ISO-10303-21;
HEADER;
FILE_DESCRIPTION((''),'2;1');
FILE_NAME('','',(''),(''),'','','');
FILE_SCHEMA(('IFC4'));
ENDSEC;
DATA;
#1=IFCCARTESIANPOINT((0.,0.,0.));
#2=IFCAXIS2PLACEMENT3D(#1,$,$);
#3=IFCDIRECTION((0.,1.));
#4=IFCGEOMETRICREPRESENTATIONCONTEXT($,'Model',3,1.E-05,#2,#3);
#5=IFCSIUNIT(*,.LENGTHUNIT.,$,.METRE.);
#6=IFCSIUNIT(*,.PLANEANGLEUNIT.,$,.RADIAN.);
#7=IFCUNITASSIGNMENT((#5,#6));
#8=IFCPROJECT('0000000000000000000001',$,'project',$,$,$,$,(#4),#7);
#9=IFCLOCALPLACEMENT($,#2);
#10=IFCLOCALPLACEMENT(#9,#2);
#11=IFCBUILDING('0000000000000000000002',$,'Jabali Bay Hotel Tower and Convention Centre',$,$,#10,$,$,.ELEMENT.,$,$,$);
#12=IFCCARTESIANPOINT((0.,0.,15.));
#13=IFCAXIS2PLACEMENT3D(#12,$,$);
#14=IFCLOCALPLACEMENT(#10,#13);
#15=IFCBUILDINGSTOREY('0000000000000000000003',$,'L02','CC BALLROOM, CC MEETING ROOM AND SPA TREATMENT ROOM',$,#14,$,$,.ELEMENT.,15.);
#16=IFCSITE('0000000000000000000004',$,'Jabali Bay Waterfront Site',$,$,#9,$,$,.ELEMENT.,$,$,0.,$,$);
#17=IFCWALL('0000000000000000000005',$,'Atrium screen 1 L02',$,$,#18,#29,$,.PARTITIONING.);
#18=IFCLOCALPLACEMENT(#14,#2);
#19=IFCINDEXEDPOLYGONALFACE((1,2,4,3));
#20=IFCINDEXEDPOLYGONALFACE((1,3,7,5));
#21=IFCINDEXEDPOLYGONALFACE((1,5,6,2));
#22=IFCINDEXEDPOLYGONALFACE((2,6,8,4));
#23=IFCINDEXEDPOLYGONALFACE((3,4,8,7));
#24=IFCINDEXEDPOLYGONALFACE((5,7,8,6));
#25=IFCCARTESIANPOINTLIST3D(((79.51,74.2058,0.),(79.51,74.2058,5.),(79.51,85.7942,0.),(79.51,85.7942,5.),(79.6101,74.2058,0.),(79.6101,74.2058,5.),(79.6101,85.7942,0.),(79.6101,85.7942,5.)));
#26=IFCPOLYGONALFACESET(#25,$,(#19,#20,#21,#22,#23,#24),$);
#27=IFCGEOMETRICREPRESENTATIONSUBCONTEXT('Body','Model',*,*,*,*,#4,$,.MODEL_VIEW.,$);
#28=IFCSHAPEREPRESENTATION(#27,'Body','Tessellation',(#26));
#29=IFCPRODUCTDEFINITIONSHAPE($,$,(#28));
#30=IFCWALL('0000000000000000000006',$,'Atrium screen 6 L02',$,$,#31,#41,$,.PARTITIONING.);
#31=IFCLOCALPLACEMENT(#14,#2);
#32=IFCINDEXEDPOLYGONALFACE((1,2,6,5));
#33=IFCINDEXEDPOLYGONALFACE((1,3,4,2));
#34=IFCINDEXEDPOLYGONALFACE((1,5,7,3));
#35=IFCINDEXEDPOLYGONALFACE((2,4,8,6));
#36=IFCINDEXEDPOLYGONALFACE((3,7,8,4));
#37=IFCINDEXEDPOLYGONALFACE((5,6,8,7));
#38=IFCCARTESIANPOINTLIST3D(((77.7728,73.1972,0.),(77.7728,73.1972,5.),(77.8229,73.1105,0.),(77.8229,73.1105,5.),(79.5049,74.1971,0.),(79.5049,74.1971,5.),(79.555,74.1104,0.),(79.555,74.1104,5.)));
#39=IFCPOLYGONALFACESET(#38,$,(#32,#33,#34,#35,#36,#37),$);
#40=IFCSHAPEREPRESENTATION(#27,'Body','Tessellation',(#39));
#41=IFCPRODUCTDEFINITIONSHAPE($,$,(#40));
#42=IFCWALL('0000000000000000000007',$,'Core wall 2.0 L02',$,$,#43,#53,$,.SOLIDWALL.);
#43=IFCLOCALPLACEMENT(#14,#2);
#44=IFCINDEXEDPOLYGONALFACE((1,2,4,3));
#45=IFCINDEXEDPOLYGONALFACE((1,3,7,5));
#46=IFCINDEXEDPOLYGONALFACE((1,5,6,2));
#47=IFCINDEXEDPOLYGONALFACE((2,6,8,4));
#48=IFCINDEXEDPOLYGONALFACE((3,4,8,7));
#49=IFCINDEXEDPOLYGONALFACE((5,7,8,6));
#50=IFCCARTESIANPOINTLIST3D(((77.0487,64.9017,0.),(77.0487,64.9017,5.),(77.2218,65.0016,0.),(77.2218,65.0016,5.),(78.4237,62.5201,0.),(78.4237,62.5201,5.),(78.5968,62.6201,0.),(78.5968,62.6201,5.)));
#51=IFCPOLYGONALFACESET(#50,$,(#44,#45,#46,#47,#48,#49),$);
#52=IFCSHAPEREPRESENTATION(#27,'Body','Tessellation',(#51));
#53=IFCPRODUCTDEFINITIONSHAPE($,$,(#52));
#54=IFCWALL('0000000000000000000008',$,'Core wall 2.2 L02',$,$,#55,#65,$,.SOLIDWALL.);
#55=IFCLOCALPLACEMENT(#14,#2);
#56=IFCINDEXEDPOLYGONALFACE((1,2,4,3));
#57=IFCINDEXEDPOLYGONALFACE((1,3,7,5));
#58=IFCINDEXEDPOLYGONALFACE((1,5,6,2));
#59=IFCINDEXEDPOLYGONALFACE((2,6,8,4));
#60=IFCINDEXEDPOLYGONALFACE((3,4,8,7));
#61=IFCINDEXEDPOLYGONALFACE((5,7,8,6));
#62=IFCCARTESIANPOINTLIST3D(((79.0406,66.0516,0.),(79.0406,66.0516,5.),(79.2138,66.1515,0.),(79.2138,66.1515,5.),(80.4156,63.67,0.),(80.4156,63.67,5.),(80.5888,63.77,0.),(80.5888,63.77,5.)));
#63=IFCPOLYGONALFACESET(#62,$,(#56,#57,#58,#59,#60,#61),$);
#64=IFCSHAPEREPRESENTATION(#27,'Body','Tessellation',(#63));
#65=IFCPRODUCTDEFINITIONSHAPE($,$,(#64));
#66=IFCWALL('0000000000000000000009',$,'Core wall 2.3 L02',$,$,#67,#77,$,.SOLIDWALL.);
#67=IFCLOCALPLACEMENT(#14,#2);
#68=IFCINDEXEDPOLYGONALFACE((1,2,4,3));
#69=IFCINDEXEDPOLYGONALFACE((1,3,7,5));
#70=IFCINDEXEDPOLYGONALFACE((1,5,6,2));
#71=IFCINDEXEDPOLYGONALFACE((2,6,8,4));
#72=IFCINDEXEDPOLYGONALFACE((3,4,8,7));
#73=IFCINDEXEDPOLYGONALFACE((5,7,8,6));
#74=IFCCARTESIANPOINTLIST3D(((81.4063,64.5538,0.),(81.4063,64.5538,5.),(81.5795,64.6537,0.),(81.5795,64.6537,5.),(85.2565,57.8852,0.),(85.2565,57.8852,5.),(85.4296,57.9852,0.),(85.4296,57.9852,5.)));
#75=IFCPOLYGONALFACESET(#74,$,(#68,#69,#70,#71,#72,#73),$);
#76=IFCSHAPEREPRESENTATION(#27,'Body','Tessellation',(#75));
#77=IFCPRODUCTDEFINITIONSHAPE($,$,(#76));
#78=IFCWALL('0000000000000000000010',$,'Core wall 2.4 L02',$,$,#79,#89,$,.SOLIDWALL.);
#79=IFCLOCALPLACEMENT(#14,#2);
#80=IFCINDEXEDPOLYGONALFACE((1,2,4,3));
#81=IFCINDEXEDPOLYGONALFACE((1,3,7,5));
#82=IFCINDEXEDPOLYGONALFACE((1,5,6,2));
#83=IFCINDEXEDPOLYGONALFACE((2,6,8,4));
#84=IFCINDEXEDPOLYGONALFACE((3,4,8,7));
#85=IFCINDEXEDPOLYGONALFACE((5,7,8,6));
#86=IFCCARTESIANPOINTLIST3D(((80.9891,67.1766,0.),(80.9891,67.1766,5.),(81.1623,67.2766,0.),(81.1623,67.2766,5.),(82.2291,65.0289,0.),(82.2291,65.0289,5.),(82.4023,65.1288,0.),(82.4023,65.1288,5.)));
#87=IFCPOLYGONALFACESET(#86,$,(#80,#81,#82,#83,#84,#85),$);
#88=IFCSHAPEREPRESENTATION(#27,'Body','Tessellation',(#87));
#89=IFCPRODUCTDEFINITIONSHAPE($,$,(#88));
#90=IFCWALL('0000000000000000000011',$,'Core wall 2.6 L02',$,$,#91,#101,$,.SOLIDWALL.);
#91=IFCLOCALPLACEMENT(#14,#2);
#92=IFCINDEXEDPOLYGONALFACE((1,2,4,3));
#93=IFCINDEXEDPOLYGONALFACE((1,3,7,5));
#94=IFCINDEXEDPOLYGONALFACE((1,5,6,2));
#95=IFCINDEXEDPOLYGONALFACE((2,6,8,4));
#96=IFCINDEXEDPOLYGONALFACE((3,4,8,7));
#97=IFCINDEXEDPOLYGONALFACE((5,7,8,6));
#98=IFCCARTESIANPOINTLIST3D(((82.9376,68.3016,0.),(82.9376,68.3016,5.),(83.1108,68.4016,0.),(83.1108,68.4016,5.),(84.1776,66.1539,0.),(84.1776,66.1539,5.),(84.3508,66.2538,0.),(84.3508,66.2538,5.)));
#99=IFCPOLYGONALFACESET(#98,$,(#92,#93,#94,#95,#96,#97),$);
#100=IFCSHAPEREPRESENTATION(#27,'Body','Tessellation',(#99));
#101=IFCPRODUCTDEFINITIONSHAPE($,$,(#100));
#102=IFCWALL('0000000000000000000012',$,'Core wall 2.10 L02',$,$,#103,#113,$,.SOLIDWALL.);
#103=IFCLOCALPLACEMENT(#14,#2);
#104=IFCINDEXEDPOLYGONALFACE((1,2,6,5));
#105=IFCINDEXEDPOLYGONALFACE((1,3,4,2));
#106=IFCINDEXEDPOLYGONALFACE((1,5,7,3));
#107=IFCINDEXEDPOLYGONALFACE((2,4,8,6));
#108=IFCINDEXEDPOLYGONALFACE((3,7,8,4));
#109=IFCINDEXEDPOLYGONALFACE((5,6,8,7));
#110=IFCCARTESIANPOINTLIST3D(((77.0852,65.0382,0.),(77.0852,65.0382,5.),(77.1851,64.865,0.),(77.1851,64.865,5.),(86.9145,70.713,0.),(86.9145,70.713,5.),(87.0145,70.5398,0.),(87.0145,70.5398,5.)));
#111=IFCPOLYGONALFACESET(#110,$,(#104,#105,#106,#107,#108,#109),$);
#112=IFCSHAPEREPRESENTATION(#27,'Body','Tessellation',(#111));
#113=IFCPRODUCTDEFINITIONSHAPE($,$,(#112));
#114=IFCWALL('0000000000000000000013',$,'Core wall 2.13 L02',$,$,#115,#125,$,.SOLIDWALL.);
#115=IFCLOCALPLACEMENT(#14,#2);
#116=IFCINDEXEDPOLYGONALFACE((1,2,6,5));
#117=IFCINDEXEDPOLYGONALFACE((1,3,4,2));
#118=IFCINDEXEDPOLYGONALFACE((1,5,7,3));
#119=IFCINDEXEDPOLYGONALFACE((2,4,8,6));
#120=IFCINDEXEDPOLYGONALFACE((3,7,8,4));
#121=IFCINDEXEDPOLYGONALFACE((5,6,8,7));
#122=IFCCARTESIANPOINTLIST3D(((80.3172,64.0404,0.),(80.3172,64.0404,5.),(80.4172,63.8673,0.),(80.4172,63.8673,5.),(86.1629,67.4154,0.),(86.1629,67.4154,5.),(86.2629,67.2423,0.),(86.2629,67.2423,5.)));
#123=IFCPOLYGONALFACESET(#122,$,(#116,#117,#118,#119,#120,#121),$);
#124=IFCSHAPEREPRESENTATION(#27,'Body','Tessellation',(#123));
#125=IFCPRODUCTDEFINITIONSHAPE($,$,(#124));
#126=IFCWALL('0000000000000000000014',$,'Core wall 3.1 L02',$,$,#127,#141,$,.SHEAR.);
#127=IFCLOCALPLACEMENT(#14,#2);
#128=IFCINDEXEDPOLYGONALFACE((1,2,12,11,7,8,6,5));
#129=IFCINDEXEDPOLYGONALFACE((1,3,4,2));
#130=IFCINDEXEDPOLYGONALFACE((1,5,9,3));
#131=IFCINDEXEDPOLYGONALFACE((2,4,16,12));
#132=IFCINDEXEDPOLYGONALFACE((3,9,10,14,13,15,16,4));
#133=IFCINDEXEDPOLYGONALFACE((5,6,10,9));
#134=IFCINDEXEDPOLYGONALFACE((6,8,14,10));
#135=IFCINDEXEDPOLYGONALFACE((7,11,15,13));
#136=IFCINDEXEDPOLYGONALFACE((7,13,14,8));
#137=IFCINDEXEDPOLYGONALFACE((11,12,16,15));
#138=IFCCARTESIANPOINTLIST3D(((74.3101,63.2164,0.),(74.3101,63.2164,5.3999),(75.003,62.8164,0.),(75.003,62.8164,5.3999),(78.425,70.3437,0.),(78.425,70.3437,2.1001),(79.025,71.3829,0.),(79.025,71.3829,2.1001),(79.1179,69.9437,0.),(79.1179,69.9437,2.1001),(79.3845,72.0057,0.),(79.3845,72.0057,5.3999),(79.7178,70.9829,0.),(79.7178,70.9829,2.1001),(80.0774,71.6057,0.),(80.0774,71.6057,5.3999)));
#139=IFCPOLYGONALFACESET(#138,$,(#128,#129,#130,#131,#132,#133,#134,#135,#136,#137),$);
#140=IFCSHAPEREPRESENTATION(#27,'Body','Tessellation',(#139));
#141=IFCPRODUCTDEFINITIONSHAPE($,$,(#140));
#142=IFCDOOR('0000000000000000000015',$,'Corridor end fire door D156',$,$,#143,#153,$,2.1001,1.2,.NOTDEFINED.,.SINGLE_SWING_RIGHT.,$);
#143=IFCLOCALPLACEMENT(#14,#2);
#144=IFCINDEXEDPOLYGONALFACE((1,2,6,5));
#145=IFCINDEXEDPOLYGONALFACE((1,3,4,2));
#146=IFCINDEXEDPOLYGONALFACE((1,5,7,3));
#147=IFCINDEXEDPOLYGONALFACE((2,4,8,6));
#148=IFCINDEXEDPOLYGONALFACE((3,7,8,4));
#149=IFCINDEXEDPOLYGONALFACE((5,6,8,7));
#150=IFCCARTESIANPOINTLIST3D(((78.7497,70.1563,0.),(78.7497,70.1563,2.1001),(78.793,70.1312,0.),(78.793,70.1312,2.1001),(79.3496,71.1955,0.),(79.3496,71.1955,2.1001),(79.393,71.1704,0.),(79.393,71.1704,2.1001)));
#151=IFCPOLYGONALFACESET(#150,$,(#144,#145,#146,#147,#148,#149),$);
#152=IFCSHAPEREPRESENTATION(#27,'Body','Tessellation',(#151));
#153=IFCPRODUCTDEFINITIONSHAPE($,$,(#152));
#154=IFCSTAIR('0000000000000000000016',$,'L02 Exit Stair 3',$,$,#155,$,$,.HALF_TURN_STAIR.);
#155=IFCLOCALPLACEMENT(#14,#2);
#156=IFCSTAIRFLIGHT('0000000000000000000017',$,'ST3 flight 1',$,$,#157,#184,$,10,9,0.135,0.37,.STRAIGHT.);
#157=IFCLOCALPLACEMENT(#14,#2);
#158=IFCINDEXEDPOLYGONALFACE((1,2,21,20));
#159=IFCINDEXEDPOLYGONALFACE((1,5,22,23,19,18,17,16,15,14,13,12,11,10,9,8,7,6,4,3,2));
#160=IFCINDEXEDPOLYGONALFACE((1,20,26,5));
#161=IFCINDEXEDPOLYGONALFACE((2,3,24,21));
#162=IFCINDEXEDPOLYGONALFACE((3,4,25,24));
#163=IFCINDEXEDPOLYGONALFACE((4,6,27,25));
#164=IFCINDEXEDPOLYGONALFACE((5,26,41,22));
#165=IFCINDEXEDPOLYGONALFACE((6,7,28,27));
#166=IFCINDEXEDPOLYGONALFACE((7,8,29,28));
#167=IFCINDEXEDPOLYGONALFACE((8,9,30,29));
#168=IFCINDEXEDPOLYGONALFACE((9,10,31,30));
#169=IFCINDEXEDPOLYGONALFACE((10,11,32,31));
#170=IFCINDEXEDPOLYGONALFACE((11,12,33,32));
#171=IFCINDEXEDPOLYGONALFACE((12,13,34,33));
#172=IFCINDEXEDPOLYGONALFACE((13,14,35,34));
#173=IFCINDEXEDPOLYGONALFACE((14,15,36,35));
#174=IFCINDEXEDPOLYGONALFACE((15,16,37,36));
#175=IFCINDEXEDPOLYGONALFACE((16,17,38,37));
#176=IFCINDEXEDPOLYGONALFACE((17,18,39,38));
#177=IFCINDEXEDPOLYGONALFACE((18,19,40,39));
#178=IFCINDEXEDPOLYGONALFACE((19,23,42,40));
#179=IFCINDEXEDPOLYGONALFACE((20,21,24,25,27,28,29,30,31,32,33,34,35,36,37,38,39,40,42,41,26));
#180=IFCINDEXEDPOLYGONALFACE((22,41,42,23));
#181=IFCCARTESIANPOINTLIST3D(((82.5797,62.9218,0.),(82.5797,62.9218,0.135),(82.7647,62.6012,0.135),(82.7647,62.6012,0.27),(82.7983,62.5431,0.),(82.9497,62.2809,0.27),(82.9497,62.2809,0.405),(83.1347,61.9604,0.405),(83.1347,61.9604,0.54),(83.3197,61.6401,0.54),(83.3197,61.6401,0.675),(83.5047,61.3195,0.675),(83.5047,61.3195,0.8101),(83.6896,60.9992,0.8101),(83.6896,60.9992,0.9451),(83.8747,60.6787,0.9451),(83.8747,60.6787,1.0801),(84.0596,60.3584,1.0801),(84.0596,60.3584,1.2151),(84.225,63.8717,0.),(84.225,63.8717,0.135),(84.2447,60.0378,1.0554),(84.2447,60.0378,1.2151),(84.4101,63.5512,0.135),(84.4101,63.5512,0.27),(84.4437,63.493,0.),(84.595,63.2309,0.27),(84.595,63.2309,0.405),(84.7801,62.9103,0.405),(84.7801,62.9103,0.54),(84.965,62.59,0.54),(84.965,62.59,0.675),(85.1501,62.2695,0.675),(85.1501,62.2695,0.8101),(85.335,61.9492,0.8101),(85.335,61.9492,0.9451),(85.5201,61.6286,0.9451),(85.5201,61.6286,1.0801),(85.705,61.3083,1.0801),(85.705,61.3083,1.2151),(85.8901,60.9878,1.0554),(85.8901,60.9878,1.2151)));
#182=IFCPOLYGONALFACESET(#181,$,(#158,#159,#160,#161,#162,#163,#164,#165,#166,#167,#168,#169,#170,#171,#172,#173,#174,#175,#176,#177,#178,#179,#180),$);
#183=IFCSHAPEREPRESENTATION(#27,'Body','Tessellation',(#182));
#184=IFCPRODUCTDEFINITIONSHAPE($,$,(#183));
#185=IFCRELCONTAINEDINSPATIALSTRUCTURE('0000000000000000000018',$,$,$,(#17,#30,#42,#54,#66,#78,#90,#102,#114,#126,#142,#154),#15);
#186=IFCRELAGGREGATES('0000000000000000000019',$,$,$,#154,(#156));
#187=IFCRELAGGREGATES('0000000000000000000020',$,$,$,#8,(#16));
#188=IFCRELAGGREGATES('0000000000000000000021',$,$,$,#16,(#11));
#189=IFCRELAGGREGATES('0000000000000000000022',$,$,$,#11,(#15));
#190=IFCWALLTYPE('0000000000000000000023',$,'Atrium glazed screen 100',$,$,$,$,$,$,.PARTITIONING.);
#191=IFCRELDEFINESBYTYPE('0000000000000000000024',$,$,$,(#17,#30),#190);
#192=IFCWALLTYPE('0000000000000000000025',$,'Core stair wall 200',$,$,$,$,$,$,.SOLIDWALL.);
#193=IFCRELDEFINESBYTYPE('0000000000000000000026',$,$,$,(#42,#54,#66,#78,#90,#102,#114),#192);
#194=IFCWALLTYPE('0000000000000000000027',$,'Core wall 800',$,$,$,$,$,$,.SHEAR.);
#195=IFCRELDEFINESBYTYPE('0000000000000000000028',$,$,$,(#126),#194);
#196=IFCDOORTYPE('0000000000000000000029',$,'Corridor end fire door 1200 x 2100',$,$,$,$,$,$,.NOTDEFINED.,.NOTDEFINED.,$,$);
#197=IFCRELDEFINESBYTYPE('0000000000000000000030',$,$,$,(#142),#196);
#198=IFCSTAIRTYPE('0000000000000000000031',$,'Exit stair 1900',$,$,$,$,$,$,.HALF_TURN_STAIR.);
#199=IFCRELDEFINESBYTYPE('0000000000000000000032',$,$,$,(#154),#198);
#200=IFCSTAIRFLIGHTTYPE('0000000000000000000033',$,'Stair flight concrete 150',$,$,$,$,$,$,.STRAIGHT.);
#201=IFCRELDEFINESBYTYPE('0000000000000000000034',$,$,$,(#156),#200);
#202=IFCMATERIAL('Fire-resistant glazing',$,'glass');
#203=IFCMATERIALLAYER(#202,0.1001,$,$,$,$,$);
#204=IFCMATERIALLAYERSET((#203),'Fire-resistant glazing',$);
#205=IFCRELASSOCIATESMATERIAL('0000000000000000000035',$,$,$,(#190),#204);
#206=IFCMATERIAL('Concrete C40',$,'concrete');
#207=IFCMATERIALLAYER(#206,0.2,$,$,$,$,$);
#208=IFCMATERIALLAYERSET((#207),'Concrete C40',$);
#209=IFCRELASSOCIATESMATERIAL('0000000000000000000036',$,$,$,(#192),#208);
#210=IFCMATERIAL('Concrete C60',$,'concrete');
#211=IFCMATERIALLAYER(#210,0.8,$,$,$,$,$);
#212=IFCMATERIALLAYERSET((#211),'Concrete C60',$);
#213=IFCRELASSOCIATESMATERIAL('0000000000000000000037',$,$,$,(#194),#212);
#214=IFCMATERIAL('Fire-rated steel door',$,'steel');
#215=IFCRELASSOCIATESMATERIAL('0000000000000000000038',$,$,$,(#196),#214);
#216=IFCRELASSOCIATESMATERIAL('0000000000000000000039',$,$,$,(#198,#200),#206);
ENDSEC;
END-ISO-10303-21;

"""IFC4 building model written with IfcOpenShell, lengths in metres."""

from ifc_helpers import new_model, si_unit, direction, frame, frame_2d, origin, place, context, subcontext, project, spatial, polyline, rectangle, outline, extrude, material, layer, layer_set, type_object, element, fill, aggregate, save


model = new_model("IFC4")

# Units and contexts
model_context = context("Model", 3, precision=1e-05, world=origin(), true_north=direction((0.0, 1.0)))
body_context = subcontext(model_context, "Body", "Model", "MODEL_VIEW")
ifc_project = project(units=[si_unit("LENGTHUNIT", "METRE"), si_unit("PLANEANGLEUNIT", "RADIAN")], contexts=[model_context])

# Site, building, storey
site_placement = place(None, origin())
site = spatial("IfcSite", under=ifc_project, at=site_placement, Name="Jabali Bay Waterfront Site", CompositionType="ELEMENT", RefElevation=0.0)
building_placement = place(site_placement, origin())
building = spatial("IfcBuilding", under=site, at=building_placement, Name="Jabali Bay Hotel Tower and Convention Centre", CompositionType="ELEMENT")
storey_placement = place(building_placement, frame((0.0, 0.0, 15.0)))
storey = spatial("IfcBuildingStorey", under=building, at=storey_placement, Name="L02", Description="CC BALLROOM, CC MEETING ROOM AND SPA TREATMENT ROOM", CompositionType="ELEMENT", Elevation=15.0)

# Walls
ifc_material_1 = material(Name="Fire-resistant glazing", Category="glass")
ifc_layer_1 = layer(ifc_material_1, 0.1001)
ifc_layer_set_1 = layer_set([ifc_layer_1], Name="Fire-resistant glazing")
wall_type_1 = type_object("IfcWallType", Name="Atrium glazed screen 100", PredefinedType="PARTITIONING", material=ifc_layer_set_1)
wall_1_placement = place(storey_placement, frame((79.5601, 74.2058, 0.0), z_axis=(0.0, 0.0, 1.0), x_axis=(0.0, 1.0, 0.0)))
element("IfcWall", 1, at=wall_1_placement, inside=storey, type_object=wall_type_1, Name="Atrium screen 1 L02", PredefinedType="PARTITIONING", context=body_context, shape_type="SweptSolid", body=[
    extrude(rectangle(XDim=11.5884, YDim=0.1001, at=frame_2d((5.7942, 0.0))), origin(), (0.0, 0.0, 1.0), 5.0),
])
wall_2_placement = place(storey_placement, frame((77.7979, 73.1538, 0.0), z_axis=(0.0, 0.0, 1.0), x_axis=(0.866041, 0.499973, 0.0)))
element("IfcWall", 2, at=wall_2_placement, inside=storey, type_object=wall_type_1, Name="Atrium screen 6 L02", PredefinedType="PARTITIONING", context=body_context, shape_type="SweptSolid", body=[
    extrude(rectangle(XDim=2.0, YDim=0.1001, at=frame_2d((1.0, 0.0))), origin(), (0.0, 0.0, 1.0), 5.0),
])
ifc_material_2 = material(Name="Concrete C40", Category="concrete")
ifc_layer_2 = layer(ifc_material_2, 0.2)
ifc_layer_set_2 = layer_set([ifc_layer_2], Name="Concrete C40")
wall_type_2 = type_object("IfcWallType", Name="Core stair wall 200", PredefinedType="SOLIDWALL", material=ifc_layer_set_2)
for number, where, z_axis, x_axis, name in (
    (3, (77.1353, 64.9517, 0.0), (0.0, 0.0, 1.0), (0.499997, -0.866027, 0.0), "Core wall 2.0 L02"),
    (4, (79.1272, 66.1016, 0.0), (0.0, 0.0, 1.0), (0.499997, -0.866027, 0.0), "Core wall 2.2 L02"),
):
    element("IfcWall", number, at=place(storey_placement, frame(where, z_axis=z_axis, x_axis=x_axis)), inside=storey, type_object=wall_type_2, Name=name, PredefinedType="SOLIDWALL", context=body_context, shape_type="SweptSolid", body=[
        extrude(rectangle(XDim=2.75, YDim=0.2, at=frame_2d((1.375, 0.0))), origin(), (0.0, 0.0, 1.0), 5.0),
    ])
wall_3_placement = place(storey_placement, frame((81.4929, 64.6038, 0.0), z_axis=(0.0, 0.0, 1.0), x_axis=(0.500006, -0.866022, 0.0)))
element("IfcWall", 5, at=wall_3_placement, inside=storey, type_object=wall_type_2, Name="Core wall 2.3 L02", PredefinedType="SOLIDWALL", context=body_context, shape_type="SweptSolid", body=[
    extrude(rectangle(XDim=7.7002, YDim=0.2, at=frame_2d((3.8501, 0.0))), origin(), (0.0, 0.0, 1.0), 5.0),
])
for number, where, z_axis, x_axis, name in (
    (6, (81.0757, 67.2266, 0.0), (0.0, 0.0, 1.0), (0.500004, -0.866023, 0.0), "Core wall 2.4 L02"),
    (7, (83.0242, 68.3516, 0.0), (0.0, 0.0, 1.0), (0.500004, -0.866023, 0.0), "Core wall 2.6 L02"),
):
    element("IfcWall", number, at=place(storey_placement, frame(where, z_axis=z_axis, x_axis=x_axis)), inside=storey, type_object=wall_type_2, Name=name, PredefinedType="SOLIDWALL", context=body_context, shape_type="SweptSolid", body=[
        extrude(rectangle(XDim=2.48, YDim=0.2, at=frame_2d((1.24, 0.0))), origin(), (0.0, 0.0, 1.0), 5.0),
    ])
wall_4_placement = place(storey_placement, frame((77.1353, 64.9517, 0.0), z_axis=(0.0, 0.0, 1.0), x_axis=(0.866032, 0.499989, 0.0)))
element("IfcWall", 8, at=wall_4_placement, inside=storey, type_object=wall_type_2, Name="Core wall 2.10 L02", PredefinedType="SOLIDWALL", context=body_context, shape_type="SweptSolid", body=[
    extrude(rectangle(XDim=11.3499, YDim=0.2, at=frame_2d((5.6748, 0.0))), origin(), (0.0, 0.0, 1.0), 5.0),
])
wall_5_placement = place(storey_placement, frame((80.3672, 63.9539, 0.0), z_axis=(0.0, 0.0, 1.0), x_axis=(0.866027, 0.499998, 0.0)))
element("IfcWall", 9, at=wall_5_placement, inside=storey, type_object=wall_type_2, Name="Core wall 2.13 L02", PredefinedType="SOLIDWALL", context=body_context, shape_type="SweptSolid", body=[
    extrude(rectangle(XDim=6.75, YDim=0.2, at=frame_2d((3.375, 0.0))), origin(), (0.0, 0.0, 1.0), 5.0),
])

# Wall, opening, door
ifc_material_3 = material(Name="Concrete C60", Category="concrete")
ifc_layer_3 = layer(ifc_material_3, 0.8)
ifc_layer_set_3 = layer_set([ifc_layer_3], Name="Concrete C60")
wall_type_3 = type_object("IfcWallType", Name="Core wall 800", PredefinedType="SHEAR", material=ifc_layer_set_3)
wall_6_placement = place(storey_placement, frame((79.731, 71.8057, 0.0), z_axis=(0.0, 0.0, 1.0), x_axis=(-0.499997, -0.866027, 0.0)))
wall_6 = element("IfcWall", 10, at=wall_6_placement, inside=storey, type_object=wall_type_3, Name="Core wall 3.1 L02", PredefinedType="SHEAR", context=body_context, shape_type="SweptSolid", body=[
    extrude(rectangle(XDim=10.1489, YDim=0.8, at=frame_2d((5.0745, 0.0))), origin(), (0.0, 0.0, 1.0), 5.3999),
])
opening_1_placement = place(wall_6_placement, frame((0.719, 0.0, 0.0)))
opening_1 = element("IfcOpeningElement", 11, at=opening_1_placement, cuts=wall_6, PredefinedType="OPENING", context=body_context, shape_type="SweptSolid", body=[
    extrude(rectangle(XDim=1.2, YDim=2.1001, at=frame_2d((0.6001, 1.05))), frame((0.0, 0.4106, 0.0), z_axis=(0.0, -1.0, 0.0), x_axis=(1.0, 0.0, 0.0)), (0.0, 0.0, 1.0), 0.821),
])
ifc_material_4 = material(Name="Fire-rated steel door", Category="steel")
door_type_1 = type_object("IfcDoorType", Name="Corridor end fire door 1200 x 2100", OperationType="NOTDEFINED", PredefinedType="NOTDEFINED", material=ifc_material_4)
door_1_placement = place(opening_1_placement, origin())
door_1 = element("IfcDoor", 12, at=door_1_placement, inside=storey, type_object=door_type_1, Name="Corridor end fire door D156", OperationType="SINGLE_SWING_RIGHT", OverallHeight=2.1001, OverallWidth=1.2, PredefinedType="NOTDEFINED", context=body_context, shape_type="SweptSolid", body=[
    extrude(rectangle(XDim=1.2, YDim=2.1001, at=frame_2d((0.6001, 1.05))), frame((0.0, 0.0249, 0.0), z_axis=(0.0, -1.0, 0.0), x_axis=(1.0, 0.0, 0.0)), (0.0, 0.0, 1.0), 0.05),
])
fill(opening_1, door_1)

# Stair, stair flight
stair_type = type_object("IfcStairType", Name="Exit stair 1900", PredefinedType="HALF_TURN_STAIR", material=ifc_material_2)
stair_placement = place(storey_placement, origin())
stair = element("IfcStair", 13, at=stair_placement, inside=storey, type_object=stair_type, Name="L02 Exit Stair 3", PredefinedType="HALF_TURN_STAIR")
stair_flight_type = type_object("IfcStairFlightType", Name="Stair flight concrete 150", PredefinedType="STRAIGHT", material=ifc_material_2)
stair_flight_1_placement = place(storey_placement, frame((83.4023, 63.3967, 0.0), z_axis=(0.0, 0.0, 1.0), x_axis=(0.5, -0.866025, 0.0)))
stair_flight_1 = element("IfcStairFlight", 14, at=stair_flight_1_placement, type_object=stair_flight_type, Name="ST3 flight 1", NumberOfRisers=10, NumberOfTreads=9, PredefinedType="STRAIGHT", RiserHeight=0.135, TreadLength=0.37, context=body_context, shape_type="SweptSolid", body=[
    extrude(outline(polyline([(0.0, 0.0), (0.0, 0.135), (0.3701, 0.135), (0.3701, 0.27), (0.74, 0.27), (0.74, 0.405), (1.1101, 0.405), (1.1101, 0.54), (1.48, 0.54), (1.48, 0.675), (1.8501, 0.675), (1.8501, 0.8101), (2.22, 0.8101), (2.22, 0.9451), (2.5901, 0.9451), (2.5901, 1.0801), (2.96, 1.0801), (2.96, 1.2151), (3.3301, 1.2151), (3.3301, 1.3501), (3.3301, 1.0554), (0.4373, 0.0), (0.0, 0.0)])), frame((0.0, 0.95, 0.0), z_axis=(0.0, -1.0, 0.0), x_axis=(1.0, 0.0, 0.0)), (0.0, 0.0, 1.0), 1.8999),
])
aggregate(stair, [stair_flight_1])

save(model, "model.ifc")
